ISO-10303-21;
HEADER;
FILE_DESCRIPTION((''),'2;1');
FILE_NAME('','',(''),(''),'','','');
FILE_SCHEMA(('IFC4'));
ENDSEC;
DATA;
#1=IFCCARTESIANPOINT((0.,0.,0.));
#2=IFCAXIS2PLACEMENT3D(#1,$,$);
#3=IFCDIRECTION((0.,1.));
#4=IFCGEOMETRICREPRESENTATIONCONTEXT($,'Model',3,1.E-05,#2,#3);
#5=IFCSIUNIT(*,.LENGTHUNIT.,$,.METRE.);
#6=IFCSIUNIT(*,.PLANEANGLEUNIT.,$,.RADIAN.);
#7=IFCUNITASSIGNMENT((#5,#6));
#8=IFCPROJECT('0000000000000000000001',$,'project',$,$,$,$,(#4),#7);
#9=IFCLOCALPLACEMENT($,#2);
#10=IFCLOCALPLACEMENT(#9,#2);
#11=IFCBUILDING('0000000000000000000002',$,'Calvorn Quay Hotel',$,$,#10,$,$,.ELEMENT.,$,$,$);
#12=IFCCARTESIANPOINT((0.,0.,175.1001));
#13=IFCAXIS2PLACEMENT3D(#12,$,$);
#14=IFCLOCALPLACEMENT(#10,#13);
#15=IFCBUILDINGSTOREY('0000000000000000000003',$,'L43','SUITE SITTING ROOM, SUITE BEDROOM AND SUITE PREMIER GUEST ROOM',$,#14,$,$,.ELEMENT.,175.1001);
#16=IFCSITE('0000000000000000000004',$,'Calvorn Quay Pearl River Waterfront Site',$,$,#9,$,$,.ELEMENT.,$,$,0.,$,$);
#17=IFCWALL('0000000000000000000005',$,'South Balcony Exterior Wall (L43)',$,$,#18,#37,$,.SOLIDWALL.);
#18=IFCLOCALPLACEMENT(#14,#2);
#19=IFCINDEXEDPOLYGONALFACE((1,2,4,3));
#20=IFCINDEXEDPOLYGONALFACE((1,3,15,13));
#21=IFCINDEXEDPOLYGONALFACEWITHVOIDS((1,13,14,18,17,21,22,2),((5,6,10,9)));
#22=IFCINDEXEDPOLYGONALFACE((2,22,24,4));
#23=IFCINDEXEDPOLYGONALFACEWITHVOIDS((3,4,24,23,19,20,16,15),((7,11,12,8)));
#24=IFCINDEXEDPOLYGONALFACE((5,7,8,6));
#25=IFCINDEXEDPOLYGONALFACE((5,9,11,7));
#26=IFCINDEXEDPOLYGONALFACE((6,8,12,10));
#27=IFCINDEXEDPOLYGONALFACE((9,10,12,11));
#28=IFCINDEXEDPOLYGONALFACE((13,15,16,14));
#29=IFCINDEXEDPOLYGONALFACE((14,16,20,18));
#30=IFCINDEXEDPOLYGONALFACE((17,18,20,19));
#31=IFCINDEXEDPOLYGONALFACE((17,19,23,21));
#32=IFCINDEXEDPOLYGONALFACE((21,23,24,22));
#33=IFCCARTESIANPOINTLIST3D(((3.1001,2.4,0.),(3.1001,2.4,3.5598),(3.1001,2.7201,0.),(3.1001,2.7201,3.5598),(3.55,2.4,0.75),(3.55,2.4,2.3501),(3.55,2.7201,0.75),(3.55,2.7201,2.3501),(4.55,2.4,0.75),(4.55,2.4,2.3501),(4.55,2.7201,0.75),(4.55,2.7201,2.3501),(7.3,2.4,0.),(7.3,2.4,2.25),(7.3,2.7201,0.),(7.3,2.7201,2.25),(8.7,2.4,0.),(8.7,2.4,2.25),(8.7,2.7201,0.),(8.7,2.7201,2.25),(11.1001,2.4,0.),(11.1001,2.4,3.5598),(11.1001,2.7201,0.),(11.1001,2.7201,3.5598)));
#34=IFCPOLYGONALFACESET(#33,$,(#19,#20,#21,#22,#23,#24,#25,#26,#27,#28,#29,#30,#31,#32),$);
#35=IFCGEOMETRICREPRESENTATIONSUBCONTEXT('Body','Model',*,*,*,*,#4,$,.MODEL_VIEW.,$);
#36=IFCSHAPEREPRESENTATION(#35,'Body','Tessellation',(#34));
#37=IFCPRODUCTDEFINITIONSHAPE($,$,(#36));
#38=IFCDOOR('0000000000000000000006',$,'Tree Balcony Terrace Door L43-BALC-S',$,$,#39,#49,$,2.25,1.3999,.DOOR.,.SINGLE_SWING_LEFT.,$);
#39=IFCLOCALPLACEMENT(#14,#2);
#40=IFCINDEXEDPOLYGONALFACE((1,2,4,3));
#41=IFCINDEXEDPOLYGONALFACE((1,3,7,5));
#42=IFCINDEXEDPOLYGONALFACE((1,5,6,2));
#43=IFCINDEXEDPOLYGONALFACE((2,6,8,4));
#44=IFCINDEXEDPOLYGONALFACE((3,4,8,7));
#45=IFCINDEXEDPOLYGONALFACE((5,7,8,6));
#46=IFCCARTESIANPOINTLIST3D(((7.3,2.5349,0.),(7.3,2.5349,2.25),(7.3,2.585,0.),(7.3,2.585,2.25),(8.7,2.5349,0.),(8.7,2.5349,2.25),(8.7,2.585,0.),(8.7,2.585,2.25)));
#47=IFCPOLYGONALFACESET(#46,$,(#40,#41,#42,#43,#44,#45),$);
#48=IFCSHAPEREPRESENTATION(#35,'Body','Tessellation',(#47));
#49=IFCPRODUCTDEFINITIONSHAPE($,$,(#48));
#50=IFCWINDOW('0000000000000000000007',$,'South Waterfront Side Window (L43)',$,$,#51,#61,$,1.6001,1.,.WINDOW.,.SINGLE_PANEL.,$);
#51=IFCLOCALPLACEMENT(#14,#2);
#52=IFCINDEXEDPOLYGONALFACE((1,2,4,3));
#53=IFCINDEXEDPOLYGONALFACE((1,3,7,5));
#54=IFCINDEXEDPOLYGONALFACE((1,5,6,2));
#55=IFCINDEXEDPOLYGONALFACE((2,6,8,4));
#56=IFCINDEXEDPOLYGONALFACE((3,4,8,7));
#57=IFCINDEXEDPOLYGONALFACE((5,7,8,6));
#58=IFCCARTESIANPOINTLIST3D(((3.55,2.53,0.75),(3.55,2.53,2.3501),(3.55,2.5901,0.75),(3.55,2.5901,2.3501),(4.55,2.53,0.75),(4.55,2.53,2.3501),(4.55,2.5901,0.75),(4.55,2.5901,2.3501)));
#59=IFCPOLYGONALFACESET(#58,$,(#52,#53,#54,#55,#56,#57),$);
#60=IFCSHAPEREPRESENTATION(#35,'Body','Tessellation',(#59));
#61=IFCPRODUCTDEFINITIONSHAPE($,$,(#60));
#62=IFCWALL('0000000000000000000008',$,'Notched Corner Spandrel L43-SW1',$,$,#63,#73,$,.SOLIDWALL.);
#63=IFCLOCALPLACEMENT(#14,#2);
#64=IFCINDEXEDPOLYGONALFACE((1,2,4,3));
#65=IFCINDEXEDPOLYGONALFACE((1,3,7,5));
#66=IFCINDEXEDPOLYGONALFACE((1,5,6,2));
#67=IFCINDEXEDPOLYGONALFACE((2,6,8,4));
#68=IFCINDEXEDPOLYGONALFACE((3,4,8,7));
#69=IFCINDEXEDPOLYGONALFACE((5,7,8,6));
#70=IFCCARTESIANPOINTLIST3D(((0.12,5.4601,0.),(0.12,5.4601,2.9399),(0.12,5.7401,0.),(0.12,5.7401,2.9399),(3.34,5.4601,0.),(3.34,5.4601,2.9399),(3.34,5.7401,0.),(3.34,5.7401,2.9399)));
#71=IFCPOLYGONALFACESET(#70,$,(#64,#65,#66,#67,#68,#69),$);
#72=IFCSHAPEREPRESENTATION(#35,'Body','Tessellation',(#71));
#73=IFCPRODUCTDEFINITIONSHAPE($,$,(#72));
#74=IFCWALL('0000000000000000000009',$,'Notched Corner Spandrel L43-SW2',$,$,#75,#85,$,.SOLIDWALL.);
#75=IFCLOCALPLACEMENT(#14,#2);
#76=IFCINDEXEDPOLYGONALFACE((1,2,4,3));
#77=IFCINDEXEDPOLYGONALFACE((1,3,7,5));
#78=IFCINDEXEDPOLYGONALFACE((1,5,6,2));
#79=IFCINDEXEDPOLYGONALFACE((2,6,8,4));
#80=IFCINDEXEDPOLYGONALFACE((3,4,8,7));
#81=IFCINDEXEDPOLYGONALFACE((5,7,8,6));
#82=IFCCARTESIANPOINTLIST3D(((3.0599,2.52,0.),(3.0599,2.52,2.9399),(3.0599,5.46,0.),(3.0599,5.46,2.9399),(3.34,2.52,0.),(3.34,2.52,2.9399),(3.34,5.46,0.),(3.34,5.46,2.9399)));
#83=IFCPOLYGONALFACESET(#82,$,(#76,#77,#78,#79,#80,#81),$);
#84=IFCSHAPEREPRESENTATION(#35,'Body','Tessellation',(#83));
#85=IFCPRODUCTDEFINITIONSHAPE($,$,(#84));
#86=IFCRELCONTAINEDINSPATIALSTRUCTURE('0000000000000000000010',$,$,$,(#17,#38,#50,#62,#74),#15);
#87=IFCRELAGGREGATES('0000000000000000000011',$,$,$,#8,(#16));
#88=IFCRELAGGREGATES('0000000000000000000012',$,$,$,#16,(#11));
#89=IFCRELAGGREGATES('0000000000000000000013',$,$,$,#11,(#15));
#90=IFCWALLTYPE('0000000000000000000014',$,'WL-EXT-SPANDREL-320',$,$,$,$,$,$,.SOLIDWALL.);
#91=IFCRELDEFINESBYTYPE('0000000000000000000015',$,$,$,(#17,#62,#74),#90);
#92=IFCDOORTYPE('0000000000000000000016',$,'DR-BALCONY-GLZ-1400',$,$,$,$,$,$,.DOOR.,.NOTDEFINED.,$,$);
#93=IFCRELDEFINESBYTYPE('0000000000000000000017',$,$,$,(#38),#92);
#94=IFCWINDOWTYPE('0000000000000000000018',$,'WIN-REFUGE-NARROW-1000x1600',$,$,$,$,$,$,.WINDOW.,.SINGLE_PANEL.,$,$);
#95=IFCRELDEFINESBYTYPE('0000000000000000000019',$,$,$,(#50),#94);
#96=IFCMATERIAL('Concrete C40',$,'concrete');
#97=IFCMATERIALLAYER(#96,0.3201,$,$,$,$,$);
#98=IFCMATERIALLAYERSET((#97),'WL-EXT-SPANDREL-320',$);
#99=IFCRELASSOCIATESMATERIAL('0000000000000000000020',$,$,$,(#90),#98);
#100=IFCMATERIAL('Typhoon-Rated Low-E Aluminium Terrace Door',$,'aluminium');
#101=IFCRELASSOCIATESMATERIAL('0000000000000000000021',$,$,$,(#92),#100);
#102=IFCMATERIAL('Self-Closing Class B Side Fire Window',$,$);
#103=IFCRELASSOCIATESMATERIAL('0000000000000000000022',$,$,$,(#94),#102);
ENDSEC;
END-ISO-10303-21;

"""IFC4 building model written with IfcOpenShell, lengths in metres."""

from ifc_helpers import new_model, si_unit, direction, frame, frame_2d, origin, place, context, subcontext, project, spatial, rectangle, extrude, material, layer, layer_set, type_object, element, fill, save


model = new_model("IFC4")

# Units and contexts
model_context = context("Model", 3, precision=1e-05, world=origin(), true_north=direction((0.0, 1.0)))
body_context = subcontext(model_context, "Body", "Model", "MODEL_VIEW")
ifc_project = project(units=[si_unit("LENGTHUNIT", "METRE"), si_unit("PLANEANGLEUNIT", "RADIAN")], contexts=[model_context])

# Site, building, storey
site_placement = place(None, origin())
site = spatial("IfcSite", under=ifc_project, at=site_placement, Name="Calvorn Quay Pearl River Waterfront Site", CompositionType="ELEMENT", RefElevation=0.0)
building_placement = place(site_placement, origin())
building = spatial("IfcBuilding", under=site, at=building_placement, Name="Calvorn Quay Hotel", CompositionType="ELEMENT")
storey_placement = place(building_placement, frame((0.0, 0.0, 175.1001)))
storey = spatial("IfcBuildingStorey", under=building, at=storey_placement, Name="L43", Description="SUITE SITTING ROOM, SUITE BEDROOM AND SUITE PREMIER GUEST ROOM", CompositionType="ELEMENT", Elevation=175.1001)

# Wall, openings, door, window
ifc_material_1 = material(Name="Concrete C40", Category="concrete")
ifc_layer_1 = layer(ifc_material_1, 0.3201)
ifc_layer_set_1 = layer_set([ifc_layer_1], Name="WL-EXT-SPANDREL-320")
wall_type = type_object("IfcWallType", Name="WL-EXT-SPANDREL-320", PredefinedType="SOLIDWALL", material=ifc_layer_set_1)
wall_1_placement = place(storey_placement, frame((3.1001, 2.5601, 0.0), z_axis=(0.0, 0.0, 1.0), x_axis=(1.0, 0.0, 0.0)))
wall_1 = element("IfcWall", 1, at=wall_1_placement, inside=storey, type_object=wall_type, Name="South Balcony Exterior Wall (L43)", PredefinedType="SOLIDWALL", context=body_context, shape_type="SweptSolid", body=[
    extrude(rectangle(XDim=8.0, YDim=0.3201, at=frame_2d((4.0, 0.0))), origin(), (0.0, 0.0, 1.0), 3.5598),
])
opening_1_placement = place(wall_1_placement, frame((0.45, 0.0, 0.75)))
opening_1 = element("IfcOpeningElement", 2, at=opening_1_placement, cuts=wall_1, PredefinedType="OPENING", context=body_context, shape_type="SweptSolid", body=[
    extrude(rectangle(XDim=1.0, YDim=1.6001, at=frame_2d((0.5, 0.8))), frame((0.0, 0.1699, 0.0), z_axis=(0.0, -1.0, 0.0), x_axis=(1.0, 0.0, 0.0)), (0.0, 0.0, 1.0), 0.3401),
])
opening_2_placement = place(wall_1_placement, frame((4.2, 0.0, 0.0)))
opening_2 = element("IfcOpeningElement", 3, at=opening_2_placement, cuts=wall_1, PredefinedType="OPENING", context=body_context, shape_type="SweptSolid", body=[
    extrude(rectangle(XDim=1.3999, YDim=2.25, at=frame_2d((0.7, 1.125))), frame((0.0, 0.1699, 0.0), z_axis=(0.0, -1.0, 0.0), x_axis=(1.0, 0.0, 0.0)), (0.0, 0.0, 1.0), 0.3401),
])
ifc_material_2 = material(Name="Typhoon-Rated Low-E Aluminium Terrace Door", Category="aluminium")
door_type = type_object("IfcDoorType", Name="DR-BALCONY-GLZ-1400", OperationType="NOTDEFINED", PredefinedType="DOOR", material=ifc_material_2)
door_placement = place(opening_2_placement, origin())
door = element("IfcDoor", 4, at=door_placement, inside=storey, type_object=door_type, Name="Tree Balcony Terrace Door L43-BALC-S", OperationType="SINGLE_SWING_LEFT", OverallHeight=2.25, OverallWidth=1.3999, PredefinedType="DOOR", context=body_context, shape_type="SweptSolid", body=[
    extrude(rectangle(XDim=1.3999, YDim=2.25, at=frame_2d((0.7, 1.125))), frame((0.0, 0.0249, 0.0), z_axis=(0.0, -1.0, 0.0), x_axis=(1.0, 0.0, 0.0)), (0.0, 0.0, 1.0), 0.05),
])
fill(opening_2, door)
ifc_material_3 = material(Name="Self-Closing Class B Side Fire Window")
window_type = type_object("IfcWindowType", Name="WIN-REFUGE-NARROW-1000x1600", PartitioningType="SINGLE_PANEL", PredefinedType="WINDOW", material=ifc_material_3)
window_placement = place(opening_1_placement, origin())
window = element("IfcWindow", 5, at=window_placement, inside=storey, type_object=window_type, Name="South Waterfront Side Window (L43)", OverallHeight=1.6001, OverallWidth=1.0, PartitioningType="SINGLE_PANEL", PredefinedType="WINDOW", context=body_context, shape_type="SweptSolid", body=[
    extrude(rectangle(XDim=1.0, YDim=1.6001, at=frame_2d((0.5, 0.8))), frame((0.0, 0.03, 0.0), z_axis=(0.0, -1.0, 0.0), x_axis=(1.0, 0.0, 0.0)), (0.0, 0.0, 1.0), 0.0601),
])
fill(opening_1, window)

# Walls
wall_2_placement = place(storey_placement, frame((0.1201, 5.6001, 0.0), z_axis=(0.0, 0.0, 1.0), x_axis=(1.0, 0.0, 0.0)))
element("IfcWall", 6, at=wall_2_placement, inside=storey, type_object=wall_type, Name="Notched Corner Spandrel L43-SW1", PredefinedType="SOLIDWALL", context=body_context, shape_type="SweptSolid", body=[
    extrude(rectangle(XDim=3.22, YDim=0.28, at=frame_2d((1.6099, 0.0))), origin(), (0.0, 0.0, 1.0), 2.9399),
])
wall_3_placement = place(storey_placement, frame((3.2, 5.46, 0.0), z_axis=(0.0, 0.0, 1.0), x_axis=(0.0, -1.0, 0.0)))
element("IfcWall", 7, at=wall_3_placement, inside=storey, type_object=wall_type, Name="Notched Corner Spandrel L43-SW2", PredefinedType="SOLIDWALL", context=body_context, shape_type="SweptSolid", body=[
    extrude(rectangle(XDim=2.9399, YDim=0.28, at=frame_2d((1.47, 0.0))), origin(), (0.0, 0.0, 1.0), 2.9399),
])

save(model, "model.ifc")
